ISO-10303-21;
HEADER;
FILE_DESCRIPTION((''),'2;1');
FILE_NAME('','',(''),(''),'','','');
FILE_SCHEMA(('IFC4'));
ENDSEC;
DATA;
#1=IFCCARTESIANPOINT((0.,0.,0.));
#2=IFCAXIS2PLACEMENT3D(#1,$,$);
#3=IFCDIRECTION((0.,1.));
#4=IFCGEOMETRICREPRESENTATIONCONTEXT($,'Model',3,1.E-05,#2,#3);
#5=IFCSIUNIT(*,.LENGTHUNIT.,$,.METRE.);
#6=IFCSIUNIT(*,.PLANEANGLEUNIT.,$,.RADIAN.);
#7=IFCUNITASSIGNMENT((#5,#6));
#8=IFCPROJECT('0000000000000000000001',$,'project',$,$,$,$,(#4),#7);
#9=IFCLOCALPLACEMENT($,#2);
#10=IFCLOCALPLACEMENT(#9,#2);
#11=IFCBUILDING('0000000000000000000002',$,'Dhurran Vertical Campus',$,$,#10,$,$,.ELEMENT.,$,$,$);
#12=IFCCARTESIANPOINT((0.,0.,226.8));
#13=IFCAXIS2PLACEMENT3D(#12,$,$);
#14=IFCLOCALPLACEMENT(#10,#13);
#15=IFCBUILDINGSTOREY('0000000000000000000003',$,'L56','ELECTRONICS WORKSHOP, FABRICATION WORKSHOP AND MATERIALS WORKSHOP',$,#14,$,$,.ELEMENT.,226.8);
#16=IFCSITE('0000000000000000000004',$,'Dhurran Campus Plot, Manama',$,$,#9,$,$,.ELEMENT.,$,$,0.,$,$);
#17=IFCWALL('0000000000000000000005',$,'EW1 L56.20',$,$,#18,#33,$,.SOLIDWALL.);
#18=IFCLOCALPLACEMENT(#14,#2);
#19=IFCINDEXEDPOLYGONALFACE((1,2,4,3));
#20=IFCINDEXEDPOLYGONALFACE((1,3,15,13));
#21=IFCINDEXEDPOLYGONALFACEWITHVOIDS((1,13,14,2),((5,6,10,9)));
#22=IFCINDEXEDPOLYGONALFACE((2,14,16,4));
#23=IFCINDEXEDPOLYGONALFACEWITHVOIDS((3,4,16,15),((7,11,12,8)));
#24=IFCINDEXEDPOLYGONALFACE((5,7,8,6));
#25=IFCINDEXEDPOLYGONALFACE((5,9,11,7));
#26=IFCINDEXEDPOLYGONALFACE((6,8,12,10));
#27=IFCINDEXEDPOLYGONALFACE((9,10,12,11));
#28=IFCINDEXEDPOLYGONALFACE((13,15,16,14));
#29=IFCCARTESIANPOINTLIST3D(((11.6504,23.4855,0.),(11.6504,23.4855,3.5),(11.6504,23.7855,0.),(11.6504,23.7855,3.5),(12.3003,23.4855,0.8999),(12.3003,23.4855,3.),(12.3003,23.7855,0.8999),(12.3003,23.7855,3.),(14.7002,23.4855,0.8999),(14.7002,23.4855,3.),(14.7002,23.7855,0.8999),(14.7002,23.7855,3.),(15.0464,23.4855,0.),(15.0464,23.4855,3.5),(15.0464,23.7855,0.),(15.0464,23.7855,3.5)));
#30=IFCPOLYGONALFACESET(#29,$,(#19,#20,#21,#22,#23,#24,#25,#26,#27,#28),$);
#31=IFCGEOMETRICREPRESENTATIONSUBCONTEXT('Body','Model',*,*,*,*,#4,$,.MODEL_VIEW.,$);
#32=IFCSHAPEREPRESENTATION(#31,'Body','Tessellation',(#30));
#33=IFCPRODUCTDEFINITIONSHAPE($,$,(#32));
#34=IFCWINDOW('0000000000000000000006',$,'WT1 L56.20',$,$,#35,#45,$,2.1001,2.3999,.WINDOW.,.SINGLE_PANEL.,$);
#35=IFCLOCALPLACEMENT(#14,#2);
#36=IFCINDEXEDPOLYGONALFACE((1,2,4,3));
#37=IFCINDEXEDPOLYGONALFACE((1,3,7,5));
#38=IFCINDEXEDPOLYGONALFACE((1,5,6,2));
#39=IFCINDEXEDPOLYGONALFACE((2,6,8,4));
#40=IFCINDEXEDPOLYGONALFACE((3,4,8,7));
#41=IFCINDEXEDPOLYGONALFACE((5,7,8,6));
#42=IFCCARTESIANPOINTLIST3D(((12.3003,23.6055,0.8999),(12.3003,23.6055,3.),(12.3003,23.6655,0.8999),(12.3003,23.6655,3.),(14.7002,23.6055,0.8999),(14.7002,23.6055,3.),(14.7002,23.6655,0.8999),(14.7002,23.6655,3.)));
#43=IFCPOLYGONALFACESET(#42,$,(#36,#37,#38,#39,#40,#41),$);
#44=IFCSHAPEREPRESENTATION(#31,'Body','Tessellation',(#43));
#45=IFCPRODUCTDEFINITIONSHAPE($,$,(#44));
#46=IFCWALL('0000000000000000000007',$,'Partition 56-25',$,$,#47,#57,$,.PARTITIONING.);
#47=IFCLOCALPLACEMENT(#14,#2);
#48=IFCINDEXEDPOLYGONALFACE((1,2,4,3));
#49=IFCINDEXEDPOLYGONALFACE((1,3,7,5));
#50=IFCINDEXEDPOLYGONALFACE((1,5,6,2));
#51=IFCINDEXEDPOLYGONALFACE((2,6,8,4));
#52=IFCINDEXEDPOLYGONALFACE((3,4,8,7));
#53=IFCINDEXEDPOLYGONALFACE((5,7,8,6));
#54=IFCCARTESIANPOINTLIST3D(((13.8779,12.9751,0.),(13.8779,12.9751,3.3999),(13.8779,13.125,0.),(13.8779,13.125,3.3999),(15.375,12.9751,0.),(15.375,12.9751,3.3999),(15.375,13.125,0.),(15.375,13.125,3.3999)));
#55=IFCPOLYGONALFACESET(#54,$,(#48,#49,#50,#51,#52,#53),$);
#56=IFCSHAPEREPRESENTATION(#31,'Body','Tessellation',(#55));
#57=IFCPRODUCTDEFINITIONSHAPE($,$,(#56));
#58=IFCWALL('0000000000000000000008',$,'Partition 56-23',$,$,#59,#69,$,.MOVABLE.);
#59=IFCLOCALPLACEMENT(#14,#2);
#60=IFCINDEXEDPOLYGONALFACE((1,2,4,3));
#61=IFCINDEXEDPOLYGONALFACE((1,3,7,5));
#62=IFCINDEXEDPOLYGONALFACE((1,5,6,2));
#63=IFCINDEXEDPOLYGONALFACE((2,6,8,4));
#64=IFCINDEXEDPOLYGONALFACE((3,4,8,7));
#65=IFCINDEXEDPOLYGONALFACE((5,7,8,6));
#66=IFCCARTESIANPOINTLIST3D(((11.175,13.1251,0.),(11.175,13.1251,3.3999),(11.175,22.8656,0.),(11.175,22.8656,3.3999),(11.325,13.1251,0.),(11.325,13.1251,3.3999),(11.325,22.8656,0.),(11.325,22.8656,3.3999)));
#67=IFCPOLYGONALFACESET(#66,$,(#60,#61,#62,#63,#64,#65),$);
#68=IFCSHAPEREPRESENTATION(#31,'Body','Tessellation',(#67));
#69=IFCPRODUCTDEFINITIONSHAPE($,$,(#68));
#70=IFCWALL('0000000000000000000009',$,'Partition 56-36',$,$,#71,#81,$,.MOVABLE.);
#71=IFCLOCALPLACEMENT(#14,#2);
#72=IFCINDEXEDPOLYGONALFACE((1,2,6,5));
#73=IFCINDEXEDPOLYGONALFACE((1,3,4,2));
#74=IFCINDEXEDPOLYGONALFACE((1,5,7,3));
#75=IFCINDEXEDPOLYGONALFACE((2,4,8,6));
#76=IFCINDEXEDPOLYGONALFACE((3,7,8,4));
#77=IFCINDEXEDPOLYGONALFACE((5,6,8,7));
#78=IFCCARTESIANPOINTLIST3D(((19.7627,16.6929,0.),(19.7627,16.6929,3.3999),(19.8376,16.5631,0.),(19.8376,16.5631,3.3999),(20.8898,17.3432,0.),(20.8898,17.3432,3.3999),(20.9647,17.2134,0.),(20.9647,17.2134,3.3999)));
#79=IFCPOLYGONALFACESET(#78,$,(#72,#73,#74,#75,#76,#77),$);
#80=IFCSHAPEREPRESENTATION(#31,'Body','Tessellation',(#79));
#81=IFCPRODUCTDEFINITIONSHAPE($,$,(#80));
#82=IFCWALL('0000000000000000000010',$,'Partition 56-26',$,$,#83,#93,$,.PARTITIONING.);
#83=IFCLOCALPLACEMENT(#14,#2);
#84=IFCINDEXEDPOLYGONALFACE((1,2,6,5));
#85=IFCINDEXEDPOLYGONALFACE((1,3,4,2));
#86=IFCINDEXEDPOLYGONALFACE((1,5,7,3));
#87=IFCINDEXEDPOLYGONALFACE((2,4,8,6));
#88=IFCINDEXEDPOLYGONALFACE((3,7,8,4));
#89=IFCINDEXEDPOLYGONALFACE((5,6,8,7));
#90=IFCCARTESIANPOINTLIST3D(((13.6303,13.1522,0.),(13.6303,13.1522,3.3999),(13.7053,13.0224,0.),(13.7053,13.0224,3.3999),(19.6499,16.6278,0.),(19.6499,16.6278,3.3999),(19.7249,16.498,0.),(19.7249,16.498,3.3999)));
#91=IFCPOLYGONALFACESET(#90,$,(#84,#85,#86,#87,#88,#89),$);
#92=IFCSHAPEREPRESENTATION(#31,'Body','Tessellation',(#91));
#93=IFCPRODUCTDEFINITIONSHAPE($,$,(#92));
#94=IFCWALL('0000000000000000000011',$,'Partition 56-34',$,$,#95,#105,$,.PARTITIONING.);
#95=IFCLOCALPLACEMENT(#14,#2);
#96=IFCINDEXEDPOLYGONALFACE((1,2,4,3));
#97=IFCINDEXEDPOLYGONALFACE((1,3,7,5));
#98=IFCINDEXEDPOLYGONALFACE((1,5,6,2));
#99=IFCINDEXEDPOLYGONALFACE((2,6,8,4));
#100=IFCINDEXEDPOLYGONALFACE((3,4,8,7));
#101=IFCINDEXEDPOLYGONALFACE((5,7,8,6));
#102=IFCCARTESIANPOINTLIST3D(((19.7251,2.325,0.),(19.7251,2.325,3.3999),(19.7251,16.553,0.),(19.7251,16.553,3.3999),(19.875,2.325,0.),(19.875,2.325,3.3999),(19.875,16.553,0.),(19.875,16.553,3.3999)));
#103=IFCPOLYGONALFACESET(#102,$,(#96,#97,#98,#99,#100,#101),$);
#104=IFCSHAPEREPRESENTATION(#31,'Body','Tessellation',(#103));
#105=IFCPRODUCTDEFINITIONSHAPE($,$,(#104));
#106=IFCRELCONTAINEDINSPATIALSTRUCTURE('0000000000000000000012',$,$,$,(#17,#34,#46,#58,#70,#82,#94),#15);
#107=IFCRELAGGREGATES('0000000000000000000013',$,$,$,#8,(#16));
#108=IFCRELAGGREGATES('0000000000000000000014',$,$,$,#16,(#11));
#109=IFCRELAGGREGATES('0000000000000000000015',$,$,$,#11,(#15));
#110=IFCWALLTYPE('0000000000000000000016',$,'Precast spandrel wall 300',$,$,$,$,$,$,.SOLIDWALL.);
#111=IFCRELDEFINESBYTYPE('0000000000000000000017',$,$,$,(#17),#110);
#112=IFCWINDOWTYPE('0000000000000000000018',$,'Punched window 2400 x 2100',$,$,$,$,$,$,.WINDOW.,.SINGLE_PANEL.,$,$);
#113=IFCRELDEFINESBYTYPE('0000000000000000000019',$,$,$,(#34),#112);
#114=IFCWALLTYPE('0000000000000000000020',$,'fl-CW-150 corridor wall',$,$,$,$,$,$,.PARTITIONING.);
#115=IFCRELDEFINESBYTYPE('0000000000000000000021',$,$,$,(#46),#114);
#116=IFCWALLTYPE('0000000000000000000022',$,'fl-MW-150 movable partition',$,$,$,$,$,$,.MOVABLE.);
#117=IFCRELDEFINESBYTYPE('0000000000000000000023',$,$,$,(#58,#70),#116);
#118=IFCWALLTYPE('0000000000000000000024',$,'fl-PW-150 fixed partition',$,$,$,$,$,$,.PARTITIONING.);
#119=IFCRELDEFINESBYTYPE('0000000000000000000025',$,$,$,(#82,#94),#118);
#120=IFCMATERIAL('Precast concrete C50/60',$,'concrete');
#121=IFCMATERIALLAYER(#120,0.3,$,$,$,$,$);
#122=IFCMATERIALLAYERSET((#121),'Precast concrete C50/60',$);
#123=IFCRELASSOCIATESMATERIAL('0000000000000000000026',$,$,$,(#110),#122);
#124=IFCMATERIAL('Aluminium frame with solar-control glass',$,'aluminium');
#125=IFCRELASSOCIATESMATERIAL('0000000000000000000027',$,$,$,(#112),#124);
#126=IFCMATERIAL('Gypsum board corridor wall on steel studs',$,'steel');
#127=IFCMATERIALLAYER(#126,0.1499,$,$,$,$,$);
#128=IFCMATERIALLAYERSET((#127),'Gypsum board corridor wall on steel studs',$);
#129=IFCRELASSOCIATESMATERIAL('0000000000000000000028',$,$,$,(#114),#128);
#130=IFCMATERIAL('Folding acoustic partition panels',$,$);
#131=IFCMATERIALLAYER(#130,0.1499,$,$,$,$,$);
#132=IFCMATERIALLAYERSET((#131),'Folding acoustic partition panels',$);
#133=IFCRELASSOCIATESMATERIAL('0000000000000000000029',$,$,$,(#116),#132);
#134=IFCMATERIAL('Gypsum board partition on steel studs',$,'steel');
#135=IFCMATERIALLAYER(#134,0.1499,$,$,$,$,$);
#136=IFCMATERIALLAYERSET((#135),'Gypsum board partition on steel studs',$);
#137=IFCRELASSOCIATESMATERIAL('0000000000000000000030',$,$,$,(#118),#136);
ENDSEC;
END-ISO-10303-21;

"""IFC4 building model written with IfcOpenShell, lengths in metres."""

from ifc_helpers import new_model, si_unit, direction, frame, frame_2d, origin, place, context, subcontext, project, spatial, rectangle, extrude, material, layer, layer_set, type_object, element, fill, save


model = new_model("IFC4")

# Units and contexts
model_context = context("Model", 3, precision=1e-05, world=origin(), true_north=direction((0.0, 1.0)))
body_context = subcontext(model_context, "Body", "Model", "MODEL_VIEW")
ifc_project = project(units=[si_unit("LENGTHUNIT", "METRE"), si_unit("PLANEANGLEUNIT", "RADIAN")], contexts=[model_context])

# Site, building, storey
site_placement = place(None, origin())
site = spatial("IfcSite", under=ifc_project, at=site_placement, Name="Dhurran Campus Plot, Manama", CompositionType="ELEMENT", RefElevation=0.0)
building_placement = place(site_placement, origin())
building = spatial("IfcBuilding", under=site, at=building_placement, Name="Dhurran Vertical Campus", CompositionType="ELEMENT")
storey_placement = place(building_placement, frame((0.0, 0.0, 226.8)))
storey = spatial("IfcBuildingStorey", under=building, at=storey_placement, Name="L56", Description="ELECTRONICS WORKSHOP, FABRICATION WORKSHOP AND MATERIALS WORKSHOP", CompositionType="ELEMENT", Elevation=226.8)

# Wall, opening, window
ifc_material_1 = material(Name="Precast concrete C50/60", Category="concrete")
ifc_layer_1 = layer(ifc_material_1, 0.3)
ifc_layer_set_1 = layer_set([ifc_layer_1], Name="Precast concrete C50/60")
wall_type_1 = type_object("IfcWallType", Name="Precast spandrel wall 300", PredefinedType="SOLIDWALL", material=ifc_layer_set_1)
ifc_material_2 = material(Name="Aluminium frame with solar-control glass", Category="aluminium")
window_type = type_object("IfcWindowType", Name="Punched window 2400 x 2100", PartitioningType="SINGLE_PANEL", PredefinedType="WINDOW", material=ifc_material_2)
wall_1_placement = place(storey_placement, frame((15.0464, 23.6355, 0.0), z_axis=(0.0, 0.0, 1.0), x_axis=(-1.0, 0.0, 0.0)))
wall_1 = element("IfcWall", 1, at=wall_1_placement, inside=storey, type_object=wall_type_1, Name="EW1 L56.20", PredefinedType="SOLIDWALL", context=body_context, shape_type="SweptSolid", body=[
    extrude(rectangle(XDim=3.396, YDim=0.3, at=frame_2d((1.698, 0.0))), origin(), (0.0, 0.0, 1.0), 3.5),
])
opening_1_placement = place(wall_1_placement, frame((0.3462, 0.0, 0.8999)))
opening_1 = element("IfcOpeningElement", 2, at=opening_1_placement, cuts=wall_1, PredefinedType="OPENING", context=body_context, shape_type="SweptSolid", body=[
    extrude(rectangle(XDim=2.3999, YDim=2.1001, at=frame_2d((1.2, 1.05))), frame((0.0, 0.1599, 0.0), z_axis=(0.0, -1.0, 0.0), x_axis=(1.0, 0.0, 0.0)), (0.0, 0.0, 1.0), 0.3201),
])
window_1_placement = place(opening_1_placement, origin())
window_1 = element("IfcWindow", 3, at=window_1_placement, inside=storey, type_object=window_type, Name="WT1 L56.20", OverallHeight=2.1001, OverallWidth=2.3999, PartitioningType="SINGLE_PANEL", PredefinedType="WINDOW", context=body_context, shape_type="SweptSolid", body=[
    extrude(rectangle(XDim=2.3999, YDim=2.1001, at=frame_2d((1.2, 1.05))), frame((0.0, 0.03, 0.0), z_axis=(0.0, -1.0, 0.0), x_axis=(1.0, 0.0, 0.0)), (0.0, 0.0, 1.0), 0.0601),
])
fill(opening_1, window_1)

# Walls
ifc_material_3 = material(Name="Gypsum board corridor wall on steel studs", Category="steel")
ifc_layer_2 = layer(ifc_material_3, 0.1499)
ifc_layer_set_2 = layer_set([ifc_layer_2], Name="Gypsum board corridor wall on steel studs")
wall_type_2 = type_object("IfcWallType", Name="fl-CW-150 corridor wall", PredefinedType="PARTITIONING", material=ifc_layer_set_2)
wall_2_placement = place(storey_placement, frame((15.375, 13.05, 0.0), z_axis=(0.0, 0.0, 1.0), x_axis=(-1.0, 0.0, 0.0)))
element("IfcWall", 4, at=wall_2_placement, inside=storey, type_object=wall_type_2, Name="Partition 56-25", PredefinedType="PARTITIONING", context=body_context, shape_type="SweptSolid", body=[
    extrude(rectangle(XDim=1.4971, YDim=0.1499, at=frame_2d((0.7485, 0.0))), origin(), (0.0, 0.0, 1.0), 3.3999),
])
ifc_material_4 = material(Name="Folding acoustic partition panels")
ifc_layer_3 = layer(ifc_material_4, 0.1499)
ifc_layer_set_3 = layer_set([ifc_layer_3], Name="Folding acoustic partition panels")
wall_type_3 = type_object("IfcWallType", Name="fl-MW-150 movable partition", PredefinedType="MOVABLE", material=ifc_layer_set_3)
wall_3_placement = place(storey_placement, frame((11.25, 22.8655, 0.0), z_axis=(0.0, 0.0, 1.0), x_axis=(0.0, -1.0, 0.0)))
element("IfcWall", 5, at=wall_3_placement, inside=storey, type_object=wall_type_3, Name="Partition 56-23", PredefinedType="MOVABLE", context=body_context, shape_type="SweptSolid", body=[
    extrude(rectangle(XDim=9.7405, YDim=0.1499, at=frame_2d((4.8701, 0.0))), origin(), (0.0, 0.0, 1.0), 3.3999),
])
wall_4_placement = place(storey_placement, frame((20.9272, 17.2783, 0.0), z_axis=(0.0, 0.0, 1.0), x_axis=(-0.866157, -0.499771, 0.0)))
element("IfcWall", 6, at=wall_4_placement, inside=storey, type_object=wall_type_3, Name="Partition 56-36", PredefinedType="MOVABLE", context=body_context, shape_type="SweptSolid", body=[
    extrude(rectangle(XDim=1.3013, YDim=0.1499, at=frame_2d((0.6506, 0.0))), origin(), (0.0, 0.0, 1.0), 3.3999),
])
ifc_material_5 = material(Name="Gypsum board partition on steel studs", Category="steel")
ifc_layer_4 = layer(ifc_material_5, 0.1499)
ifc_layer_set_4 = layer_set([ifc_layer_4], Name="Gypsum board partition on steel studs")
wall_type_4 = type_object("IfcWallType", Name="fl-PW-150 fixed partition", PredefinedType="PARTITIONING", material=ifc_layer_set_4)
wall_5_placement = place(storey_placement, frame((19.6875, 16.563, 0.0), z_axis=(0.0, 0.0, 1.0), x_axis=(-0.866012, -0.500022, 0.0)))
element("IfcWall", 7, at=wall_5_placement, inside=storey, type_object=wall_type_4, Name="Partition 56-26", PredefinedType="PARTITIONING", context=body_context, shape_type="SweptSolid", body=[
    extrude(rectangle(XDim=6.9509, YDim=0.1499, at=frame_2d((3.4756, 0.0))), origin(), (0.0, 0.0, 1.0), 3.3999),
])
wall_6_placement = place(storey_placement, frame((19.8, 16.553, 0.0), z_axis=(0.0, 0.0, 1.0), x_axis=(0.0, -1.0, 0.0)))
element("IfcWall", 8, at=wall_6_placement, inside=storey, type_object=wall_type_4, Name="Partition 56-34", PredefinedType="PARTITIONING", context=body_context, shape_type="SweptSolid", body=[
    extrude(rectangle(XDim=14.228, YDim=0.1499, at=frame_2d((7.114, 0.0))), origin(), (0.0, 0.0, 1.0), 3.3999),
])

save(model, "model.ifc")
